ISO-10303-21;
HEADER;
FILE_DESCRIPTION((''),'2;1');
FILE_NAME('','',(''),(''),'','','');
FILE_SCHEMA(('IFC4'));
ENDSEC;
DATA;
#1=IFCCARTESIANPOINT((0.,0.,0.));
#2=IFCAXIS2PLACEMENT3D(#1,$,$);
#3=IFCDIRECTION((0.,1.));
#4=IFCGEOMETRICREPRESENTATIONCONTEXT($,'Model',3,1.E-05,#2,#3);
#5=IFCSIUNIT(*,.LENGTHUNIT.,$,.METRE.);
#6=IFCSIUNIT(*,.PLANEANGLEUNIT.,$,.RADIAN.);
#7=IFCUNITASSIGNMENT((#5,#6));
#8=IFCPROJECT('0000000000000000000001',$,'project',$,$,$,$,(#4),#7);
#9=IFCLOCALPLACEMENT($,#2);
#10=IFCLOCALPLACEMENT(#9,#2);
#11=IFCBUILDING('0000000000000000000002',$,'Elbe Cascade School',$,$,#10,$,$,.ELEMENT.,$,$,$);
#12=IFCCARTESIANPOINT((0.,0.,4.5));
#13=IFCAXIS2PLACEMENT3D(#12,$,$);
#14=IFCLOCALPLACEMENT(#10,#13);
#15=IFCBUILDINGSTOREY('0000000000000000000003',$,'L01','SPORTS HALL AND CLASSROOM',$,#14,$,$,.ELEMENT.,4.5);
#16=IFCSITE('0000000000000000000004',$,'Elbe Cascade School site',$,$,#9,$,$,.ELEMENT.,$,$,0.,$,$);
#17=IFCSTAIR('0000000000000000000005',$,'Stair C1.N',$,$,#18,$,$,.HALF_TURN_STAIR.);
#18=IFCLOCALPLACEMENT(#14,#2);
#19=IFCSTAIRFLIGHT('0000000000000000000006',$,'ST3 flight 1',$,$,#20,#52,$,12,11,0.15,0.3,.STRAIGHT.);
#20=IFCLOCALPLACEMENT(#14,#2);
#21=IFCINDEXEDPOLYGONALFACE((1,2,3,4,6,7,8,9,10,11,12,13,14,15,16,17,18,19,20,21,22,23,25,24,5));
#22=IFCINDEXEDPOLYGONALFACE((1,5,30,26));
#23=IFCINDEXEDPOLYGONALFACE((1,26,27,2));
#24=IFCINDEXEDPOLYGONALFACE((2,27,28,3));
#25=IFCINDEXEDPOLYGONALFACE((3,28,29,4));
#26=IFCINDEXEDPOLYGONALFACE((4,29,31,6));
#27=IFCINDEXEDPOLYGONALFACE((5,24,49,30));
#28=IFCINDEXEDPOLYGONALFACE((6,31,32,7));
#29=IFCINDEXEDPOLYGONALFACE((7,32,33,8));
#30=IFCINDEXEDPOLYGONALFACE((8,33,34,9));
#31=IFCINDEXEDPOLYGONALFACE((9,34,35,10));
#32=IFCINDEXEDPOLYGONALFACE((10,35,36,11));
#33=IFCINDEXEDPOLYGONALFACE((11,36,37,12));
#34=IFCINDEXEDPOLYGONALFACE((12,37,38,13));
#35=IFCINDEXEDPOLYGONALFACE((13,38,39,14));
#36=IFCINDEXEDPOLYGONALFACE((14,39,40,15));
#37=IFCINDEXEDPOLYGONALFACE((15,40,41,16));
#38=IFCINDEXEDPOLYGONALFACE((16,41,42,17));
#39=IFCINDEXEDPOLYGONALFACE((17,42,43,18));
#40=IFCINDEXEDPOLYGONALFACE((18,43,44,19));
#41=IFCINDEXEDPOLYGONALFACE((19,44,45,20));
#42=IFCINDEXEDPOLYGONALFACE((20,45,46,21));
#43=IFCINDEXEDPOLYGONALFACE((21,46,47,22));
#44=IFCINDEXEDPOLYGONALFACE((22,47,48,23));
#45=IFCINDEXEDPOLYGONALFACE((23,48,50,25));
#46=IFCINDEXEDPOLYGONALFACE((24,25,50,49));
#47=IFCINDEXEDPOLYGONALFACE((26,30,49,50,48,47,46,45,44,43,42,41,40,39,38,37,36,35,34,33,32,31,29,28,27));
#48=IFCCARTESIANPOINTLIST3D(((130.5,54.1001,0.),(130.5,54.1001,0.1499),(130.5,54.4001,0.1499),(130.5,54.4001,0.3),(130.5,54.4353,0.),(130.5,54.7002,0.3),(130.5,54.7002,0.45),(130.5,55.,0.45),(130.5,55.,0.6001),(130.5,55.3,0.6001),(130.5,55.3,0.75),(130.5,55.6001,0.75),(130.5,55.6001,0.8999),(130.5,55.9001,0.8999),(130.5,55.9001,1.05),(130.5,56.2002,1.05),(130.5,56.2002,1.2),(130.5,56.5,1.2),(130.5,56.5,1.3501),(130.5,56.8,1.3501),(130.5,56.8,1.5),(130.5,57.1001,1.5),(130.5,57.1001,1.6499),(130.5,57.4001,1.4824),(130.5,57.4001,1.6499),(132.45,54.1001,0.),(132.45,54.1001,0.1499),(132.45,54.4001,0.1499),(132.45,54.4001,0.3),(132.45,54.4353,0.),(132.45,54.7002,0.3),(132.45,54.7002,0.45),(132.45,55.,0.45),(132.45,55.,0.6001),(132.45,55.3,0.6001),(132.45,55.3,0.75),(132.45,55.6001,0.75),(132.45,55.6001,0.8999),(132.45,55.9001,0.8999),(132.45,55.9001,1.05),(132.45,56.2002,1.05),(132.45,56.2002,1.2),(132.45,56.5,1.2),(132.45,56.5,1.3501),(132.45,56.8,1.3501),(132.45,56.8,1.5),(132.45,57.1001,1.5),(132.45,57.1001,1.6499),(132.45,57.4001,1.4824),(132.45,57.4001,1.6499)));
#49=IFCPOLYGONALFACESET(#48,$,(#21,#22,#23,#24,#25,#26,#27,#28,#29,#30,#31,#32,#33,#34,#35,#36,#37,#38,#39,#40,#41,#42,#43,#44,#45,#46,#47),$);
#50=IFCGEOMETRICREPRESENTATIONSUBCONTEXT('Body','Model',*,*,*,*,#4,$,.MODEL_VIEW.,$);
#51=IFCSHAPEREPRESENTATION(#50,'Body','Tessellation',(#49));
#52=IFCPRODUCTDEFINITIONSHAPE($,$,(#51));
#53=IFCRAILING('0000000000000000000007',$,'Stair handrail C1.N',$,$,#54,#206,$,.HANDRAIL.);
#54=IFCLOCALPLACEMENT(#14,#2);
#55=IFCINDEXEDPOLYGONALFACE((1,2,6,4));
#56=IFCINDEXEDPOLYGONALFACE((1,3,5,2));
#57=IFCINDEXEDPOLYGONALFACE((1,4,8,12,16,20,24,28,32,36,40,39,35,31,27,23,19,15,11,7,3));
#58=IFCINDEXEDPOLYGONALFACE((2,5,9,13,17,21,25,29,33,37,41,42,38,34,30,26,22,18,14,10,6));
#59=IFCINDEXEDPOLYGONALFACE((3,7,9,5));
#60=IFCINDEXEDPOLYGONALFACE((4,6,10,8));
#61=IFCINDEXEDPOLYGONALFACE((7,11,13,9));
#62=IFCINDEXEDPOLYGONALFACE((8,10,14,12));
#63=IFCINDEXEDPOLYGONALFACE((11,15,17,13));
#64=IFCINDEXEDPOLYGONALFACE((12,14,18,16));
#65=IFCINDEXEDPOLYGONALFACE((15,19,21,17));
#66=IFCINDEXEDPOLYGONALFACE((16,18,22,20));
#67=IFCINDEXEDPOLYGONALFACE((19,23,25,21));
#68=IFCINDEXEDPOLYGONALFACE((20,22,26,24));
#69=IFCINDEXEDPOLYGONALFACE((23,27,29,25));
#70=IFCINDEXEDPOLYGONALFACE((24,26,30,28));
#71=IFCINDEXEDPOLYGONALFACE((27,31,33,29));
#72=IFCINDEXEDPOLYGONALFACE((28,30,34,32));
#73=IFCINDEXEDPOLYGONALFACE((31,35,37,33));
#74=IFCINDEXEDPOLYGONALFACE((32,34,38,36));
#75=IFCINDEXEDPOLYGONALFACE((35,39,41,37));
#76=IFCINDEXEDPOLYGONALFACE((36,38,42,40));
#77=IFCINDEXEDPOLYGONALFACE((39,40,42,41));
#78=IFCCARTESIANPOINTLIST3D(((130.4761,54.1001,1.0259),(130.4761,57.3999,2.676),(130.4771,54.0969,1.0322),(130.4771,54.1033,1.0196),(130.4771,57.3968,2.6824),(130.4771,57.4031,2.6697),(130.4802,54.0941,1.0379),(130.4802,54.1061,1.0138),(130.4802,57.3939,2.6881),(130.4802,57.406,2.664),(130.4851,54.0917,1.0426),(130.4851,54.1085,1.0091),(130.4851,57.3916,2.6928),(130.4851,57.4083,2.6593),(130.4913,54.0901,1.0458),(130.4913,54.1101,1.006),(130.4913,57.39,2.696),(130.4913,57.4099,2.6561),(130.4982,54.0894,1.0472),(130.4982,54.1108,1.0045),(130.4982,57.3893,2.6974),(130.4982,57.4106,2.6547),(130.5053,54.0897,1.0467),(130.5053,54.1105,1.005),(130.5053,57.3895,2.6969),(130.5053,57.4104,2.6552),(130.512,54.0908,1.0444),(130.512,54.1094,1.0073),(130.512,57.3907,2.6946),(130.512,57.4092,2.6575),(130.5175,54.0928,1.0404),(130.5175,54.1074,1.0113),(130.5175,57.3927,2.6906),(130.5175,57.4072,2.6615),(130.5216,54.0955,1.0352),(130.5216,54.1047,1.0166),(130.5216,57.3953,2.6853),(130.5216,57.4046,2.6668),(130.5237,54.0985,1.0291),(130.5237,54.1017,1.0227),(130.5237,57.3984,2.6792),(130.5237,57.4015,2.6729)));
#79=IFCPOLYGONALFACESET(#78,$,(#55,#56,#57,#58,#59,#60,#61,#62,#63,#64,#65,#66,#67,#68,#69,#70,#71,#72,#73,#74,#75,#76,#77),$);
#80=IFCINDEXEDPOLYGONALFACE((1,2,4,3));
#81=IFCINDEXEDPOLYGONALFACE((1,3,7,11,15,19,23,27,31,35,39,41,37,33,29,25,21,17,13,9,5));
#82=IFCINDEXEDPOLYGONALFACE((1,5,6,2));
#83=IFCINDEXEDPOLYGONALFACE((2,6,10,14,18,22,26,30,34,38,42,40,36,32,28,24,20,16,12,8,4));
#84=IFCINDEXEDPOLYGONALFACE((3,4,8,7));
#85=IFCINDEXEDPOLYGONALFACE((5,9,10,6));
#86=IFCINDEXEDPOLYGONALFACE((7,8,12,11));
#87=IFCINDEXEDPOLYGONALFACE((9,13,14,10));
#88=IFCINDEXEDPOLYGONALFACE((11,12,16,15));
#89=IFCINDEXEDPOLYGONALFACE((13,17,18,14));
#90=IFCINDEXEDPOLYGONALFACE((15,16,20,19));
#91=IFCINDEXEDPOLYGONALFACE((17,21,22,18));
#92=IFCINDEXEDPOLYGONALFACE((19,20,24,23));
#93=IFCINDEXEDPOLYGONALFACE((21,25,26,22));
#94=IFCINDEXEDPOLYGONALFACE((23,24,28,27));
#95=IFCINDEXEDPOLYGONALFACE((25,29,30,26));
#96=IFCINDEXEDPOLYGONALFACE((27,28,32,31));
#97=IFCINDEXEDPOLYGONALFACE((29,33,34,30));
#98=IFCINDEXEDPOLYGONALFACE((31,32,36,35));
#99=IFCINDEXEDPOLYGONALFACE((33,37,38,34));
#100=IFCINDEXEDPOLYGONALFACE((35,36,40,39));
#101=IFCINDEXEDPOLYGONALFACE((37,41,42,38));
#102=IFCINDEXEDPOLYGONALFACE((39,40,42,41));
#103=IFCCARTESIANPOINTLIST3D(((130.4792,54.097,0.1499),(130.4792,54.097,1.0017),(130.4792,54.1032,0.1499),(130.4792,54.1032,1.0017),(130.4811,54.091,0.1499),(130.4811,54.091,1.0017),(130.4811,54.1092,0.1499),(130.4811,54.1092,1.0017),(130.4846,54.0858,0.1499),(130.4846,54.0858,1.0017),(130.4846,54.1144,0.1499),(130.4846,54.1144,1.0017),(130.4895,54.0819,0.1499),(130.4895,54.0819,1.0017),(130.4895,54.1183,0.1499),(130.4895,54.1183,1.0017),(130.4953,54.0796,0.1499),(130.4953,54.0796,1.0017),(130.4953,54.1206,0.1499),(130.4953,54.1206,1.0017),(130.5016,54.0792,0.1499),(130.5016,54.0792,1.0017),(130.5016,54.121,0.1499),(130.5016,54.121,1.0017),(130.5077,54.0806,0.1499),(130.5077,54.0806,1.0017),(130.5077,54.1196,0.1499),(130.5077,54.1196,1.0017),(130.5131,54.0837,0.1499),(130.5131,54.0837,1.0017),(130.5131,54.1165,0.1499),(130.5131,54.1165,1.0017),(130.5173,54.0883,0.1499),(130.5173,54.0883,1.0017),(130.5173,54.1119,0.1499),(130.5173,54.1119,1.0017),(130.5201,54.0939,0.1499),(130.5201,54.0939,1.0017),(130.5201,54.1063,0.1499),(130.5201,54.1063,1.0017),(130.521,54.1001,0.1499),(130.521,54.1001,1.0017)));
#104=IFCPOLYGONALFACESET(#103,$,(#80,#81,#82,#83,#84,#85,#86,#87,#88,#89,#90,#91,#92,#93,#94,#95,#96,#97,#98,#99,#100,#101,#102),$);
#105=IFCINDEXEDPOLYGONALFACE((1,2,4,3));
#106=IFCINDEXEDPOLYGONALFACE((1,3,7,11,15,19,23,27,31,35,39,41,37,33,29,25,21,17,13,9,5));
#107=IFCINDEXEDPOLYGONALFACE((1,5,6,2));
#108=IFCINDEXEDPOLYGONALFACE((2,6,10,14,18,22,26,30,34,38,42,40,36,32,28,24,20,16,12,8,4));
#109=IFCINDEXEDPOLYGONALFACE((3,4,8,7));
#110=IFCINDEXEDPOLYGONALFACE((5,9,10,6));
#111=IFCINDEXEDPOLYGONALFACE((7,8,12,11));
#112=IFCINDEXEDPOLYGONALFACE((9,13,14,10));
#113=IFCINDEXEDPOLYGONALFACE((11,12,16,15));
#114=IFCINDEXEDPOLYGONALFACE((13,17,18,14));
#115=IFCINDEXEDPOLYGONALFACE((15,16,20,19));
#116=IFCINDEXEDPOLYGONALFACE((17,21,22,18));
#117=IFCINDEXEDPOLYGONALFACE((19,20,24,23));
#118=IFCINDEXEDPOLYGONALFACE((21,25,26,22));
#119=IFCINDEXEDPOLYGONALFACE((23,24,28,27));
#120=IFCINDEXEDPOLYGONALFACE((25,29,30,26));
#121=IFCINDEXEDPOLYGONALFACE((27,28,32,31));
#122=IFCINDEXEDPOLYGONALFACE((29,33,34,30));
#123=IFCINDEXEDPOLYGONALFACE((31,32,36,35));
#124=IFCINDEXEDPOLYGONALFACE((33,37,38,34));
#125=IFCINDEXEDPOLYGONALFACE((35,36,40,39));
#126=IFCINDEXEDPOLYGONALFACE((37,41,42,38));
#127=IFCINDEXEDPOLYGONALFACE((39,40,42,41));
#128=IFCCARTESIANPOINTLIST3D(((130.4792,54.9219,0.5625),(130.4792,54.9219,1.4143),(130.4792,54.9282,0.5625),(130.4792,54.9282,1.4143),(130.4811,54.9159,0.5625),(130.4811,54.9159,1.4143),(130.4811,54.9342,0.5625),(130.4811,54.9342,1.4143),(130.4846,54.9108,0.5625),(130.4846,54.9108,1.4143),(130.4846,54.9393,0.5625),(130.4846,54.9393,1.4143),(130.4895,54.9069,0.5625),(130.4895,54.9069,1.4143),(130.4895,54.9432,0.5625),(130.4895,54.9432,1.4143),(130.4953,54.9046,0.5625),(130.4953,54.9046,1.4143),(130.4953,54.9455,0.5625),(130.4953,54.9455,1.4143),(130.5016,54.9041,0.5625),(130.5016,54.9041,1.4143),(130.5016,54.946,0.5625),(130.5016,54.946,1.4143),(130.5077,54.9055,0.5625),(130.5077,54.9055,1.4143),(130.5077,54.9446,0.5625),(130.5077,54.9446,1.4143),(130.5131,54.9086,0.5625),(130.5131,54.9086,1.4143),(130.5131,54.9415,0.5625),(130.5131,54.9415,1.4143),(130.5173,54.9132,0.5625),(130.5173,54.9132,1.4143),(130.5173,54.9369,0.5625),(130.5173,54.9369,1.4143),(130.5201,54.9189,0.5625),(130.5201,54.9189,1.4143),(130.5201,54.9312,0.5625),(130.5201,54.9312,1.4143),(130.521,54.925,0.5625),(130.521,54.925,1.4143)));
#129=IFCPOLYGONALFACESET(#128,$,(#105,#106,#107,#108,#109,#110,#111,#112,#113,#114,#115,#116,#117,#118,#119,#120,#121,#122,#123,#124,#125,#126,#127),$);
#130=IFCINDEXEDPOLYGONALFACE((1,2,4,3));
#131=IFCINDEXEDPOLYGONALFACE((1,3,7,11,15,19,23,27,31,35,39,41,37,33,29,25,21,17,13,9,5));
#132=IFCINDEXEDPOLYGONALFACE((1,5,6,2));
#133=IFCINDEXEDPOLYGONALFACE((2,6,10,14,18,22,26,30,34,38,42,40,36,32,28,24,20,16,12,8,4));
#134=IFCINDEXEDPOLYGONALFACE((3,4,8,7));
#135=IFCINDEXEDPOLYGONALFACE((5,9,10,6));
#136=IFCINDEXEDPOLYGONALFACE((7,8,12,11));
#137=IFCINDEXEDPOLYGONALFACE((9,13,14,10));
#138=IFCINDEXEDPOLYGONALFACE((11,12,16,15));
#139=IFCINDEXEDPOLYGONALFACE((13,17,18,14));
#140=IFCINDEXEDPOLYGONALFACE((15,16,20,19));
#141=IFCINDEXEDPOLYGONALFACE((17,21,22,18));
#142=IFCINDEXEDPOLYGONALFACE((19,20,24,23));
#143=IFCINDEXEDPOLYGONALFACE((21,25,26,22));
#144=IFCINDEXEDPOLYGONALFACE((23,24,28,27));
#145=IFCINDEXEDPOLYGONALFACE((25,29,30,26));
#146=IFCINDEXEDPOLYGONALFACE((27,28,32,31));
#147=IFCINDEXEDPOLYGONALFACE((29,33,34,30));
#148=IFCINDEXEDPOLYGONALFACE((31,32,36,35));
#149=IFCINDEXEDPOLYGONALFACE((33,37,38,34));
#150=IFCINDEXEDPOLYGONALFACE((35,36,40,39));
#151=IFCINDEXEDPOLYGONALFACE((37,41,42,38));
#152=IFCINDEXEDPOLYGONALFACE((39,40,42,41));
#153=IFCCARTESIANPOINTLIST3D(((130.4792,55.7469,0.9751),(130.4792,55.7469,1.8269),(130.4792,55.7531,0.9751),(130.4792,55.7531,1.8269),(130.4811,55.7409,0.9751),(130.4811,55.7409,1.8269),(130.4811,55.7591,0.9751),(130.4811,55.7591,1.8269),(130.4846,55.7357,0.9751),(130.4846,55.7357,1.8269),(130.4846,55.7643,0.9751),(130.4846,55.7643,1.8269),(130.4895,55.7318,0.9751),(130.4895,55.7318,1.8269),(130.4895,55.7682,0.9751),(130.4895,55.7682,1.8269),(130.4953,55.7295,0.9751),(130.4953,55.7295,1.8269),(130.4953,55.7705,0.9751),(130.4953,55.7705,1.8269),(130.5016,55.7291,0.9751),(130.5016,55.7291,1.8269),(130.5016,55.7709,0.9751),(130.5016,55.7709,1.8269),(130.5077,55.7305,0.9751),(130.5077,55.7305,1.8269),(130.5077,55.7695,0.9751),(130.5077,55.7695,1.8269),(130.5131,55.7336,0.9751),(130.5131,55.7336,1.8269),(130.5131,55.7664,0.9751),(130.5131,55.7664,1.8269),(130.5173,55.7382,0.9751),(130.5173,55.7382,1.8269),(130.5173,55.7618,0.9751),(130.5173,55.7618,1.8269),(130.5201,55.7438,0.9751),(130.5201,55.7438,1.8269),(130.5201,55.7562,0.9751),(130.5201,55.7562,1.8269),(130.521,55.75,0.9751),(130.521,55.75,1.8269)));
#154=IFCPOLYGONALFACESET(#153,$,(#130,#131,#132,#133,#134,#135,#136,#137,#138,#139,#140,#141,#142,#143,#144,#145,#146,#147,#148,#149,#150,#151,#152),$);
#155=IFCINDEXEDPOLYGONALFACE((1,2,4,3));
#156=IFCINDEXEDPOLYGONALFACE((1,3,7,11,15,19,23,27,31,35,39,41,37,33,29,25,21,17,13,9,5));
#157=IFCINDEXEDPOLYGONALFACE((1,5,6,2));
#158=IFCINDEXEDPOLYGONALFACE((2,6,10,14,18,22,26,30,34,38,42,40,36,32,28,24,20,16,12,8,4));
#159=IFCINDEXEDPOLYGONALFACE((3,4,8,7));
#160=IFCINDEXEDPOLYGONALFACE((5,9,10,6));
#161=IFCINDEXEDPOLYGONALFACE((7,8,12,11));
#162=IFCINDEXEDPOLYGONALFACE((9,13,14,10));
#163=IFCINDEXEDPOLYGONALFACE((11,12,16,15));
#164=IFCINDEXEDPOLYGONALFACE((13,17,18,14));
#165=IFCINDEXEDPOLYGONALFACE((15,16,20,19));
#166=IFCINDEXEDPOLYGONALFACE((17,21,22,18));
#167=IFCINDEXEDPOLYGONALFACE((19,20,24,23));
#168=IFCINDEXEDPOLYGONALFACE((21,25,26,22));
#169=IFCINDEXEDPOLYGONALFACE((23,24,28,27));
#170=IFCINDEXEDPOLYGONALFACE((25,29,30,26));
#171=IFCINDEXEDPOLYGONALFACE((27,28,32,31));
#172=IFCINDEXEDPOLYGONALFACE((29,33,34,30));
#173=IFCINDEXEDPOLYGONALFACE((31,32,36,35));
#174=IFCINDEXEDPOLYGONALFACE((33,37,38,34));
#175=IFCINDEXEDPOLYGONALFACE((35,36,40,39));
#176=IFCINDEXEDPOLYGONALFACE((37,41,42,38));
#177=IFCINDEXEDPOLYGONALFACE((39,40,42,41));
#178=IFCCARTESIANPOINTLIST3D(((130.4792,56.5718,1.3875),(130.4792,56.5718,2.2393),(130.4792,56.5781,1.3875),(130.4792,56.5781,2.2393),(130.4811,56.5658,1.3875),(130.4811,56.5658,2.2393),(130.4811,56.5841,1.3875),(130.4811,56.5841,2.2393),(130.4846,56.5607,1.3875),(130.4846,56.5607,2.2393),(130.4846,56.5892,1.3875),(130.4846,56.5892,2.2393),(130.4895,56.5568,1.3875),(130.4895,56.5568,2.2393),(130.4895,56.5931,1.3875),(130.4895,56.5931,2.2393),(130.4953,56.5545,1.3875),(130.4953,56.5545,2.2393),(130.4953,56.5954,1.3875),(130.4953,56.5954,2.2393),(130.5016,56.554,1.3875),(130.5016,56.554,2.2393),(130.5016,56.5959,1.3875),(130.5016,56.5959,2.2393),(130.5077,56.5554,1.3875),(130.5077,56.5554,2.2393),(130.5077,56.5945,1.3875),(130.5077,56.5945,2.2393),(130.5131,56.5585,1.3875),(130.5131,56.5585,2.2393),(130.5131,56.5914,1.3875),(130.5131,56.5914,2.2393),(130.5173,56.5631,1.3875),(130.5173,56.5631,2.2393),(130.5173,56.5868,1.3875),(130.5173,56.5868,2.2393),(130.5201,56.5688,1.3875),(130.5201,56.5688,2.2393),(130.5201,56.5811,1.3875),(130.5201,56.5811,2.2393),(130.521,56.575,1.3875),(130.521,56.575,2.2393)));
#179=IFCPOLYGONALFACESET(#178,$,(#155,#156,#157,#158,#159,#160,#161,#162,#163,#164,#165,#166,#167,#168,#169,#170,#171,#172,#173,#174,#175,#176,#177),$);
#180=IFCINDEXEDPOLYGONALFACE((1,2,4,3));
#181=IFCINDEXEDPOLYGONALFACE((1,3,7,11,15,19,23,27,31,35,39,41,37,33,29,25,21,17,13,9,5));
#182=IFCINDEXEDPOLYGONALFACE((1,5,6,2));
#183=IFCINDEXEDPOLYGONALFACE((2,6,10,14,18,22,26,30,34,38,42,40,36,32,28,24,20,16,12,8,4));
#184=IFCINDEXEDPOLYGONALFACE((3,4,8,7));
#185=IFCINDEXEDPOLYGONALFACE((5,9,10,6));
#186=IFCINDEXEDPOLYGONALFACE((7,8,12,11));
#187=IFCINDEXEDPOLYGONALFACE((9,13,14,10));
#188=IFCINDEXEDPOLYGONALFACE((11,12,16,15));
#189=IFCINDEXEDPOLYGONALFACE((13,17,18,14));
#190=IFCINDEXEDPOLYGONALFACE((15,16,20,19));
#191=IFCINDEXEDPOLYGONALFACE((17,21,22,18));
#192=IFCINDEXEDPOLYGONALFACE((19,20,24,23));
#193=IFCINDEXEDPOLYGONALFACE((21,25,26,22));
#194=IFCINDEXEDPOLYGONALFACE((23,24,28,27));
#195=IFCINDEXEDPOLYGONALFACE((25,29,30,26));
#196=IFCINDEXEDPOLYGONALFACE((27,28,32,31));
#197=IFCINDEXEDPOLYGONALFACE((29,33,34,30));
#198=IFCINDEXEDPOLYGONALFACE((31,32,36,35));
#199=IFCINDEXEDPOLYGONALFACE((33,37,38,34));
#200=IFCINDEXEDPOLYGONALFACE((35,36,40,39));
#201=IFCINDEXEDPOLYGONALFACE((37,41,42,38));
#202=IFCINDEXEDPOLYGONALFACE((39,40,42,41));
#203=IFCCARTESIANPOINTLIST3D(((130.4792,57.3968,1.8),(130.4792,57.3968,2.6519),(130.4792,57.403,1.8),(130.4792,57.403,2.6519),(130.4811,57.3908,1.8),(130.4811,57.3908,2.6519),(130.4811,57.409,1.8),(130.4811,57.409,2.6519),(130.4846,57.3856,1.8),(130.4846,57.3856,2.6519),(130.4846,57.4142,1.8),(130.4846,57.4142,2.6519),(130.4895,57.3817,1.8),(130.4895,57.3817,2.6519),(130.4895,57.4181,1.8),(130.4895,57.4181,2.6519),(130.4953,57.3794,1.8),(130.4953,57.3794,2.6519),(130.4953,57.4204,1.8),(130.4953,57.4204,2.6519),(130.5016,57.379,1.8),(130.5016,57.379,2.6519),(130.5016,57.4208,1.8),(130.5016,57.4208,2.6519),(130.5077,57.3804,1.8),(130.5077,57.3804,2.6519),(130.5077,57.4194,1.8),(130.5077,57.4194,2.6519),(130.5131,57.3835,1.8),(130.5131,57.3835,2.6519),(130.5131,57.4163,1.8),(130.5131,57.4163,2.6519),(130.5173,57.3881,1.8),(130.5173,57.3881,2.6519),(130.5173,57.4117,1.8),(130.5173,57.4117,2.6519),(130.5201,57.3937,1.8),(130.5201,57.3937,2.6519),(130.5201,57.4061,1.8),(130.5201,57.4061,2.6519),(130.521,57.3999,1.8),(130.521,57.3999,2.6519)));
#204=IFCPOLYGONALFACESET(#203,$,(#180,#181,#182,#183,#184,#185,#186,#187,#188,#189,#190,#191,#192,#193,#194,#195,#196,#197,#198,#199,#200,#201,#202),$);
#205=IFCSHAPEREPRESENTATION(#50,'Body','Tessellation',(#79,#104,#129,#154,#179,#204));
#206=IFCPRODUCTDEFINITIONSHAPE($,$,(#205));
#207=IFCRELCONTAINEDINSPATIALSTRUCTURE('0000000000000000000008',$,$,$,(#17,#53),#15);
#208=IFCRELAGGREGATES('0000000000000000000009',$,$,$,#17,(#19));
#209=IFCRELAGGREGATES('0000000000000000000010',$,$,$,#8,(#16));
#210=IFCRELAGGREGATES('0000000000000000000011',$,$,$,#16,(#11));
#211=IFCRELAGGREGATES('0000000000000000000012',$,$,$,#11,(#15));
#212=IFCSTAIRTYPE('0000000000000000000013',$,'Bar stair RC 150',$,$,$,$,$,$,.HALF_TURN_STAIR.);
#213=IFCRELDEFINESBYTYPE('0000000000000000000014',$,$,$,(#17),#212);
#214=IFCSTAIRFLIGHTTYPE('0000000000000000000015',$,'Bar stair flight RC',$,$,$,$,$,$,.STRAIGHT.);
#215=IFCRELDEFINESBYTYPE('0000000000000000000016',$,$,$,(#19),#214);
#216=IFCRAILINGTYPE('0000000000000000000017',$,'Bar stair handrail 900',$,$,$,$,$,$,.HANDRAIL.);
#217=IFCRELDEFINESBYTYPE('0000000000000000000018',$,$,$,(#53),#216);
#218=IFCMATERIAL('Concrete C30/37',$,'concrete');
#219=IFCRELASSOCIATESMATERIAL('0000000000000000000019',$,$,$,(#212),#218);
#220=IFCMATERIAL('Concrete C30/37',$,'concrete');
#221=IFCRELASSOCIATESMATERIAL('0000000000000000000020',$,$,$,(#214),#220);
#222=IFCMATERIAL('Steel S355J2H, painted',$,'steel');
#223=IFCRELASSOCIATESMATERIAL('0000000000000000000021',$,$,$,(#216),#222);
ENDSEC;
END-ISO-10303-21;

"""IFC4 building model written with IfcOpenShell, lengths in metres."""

from ifc_helpers import new_model, si_unit, direction, frame, origin, origin_2d, place, context, subcontext, project, spatial, polyline, circle, outline, extrude, material, type_object, element, aggregate, save


model = new_model("IFC4")

# Units and contexts
model_context = context("Model", 3, precision=1e-05, world=origin(), true_north=direction((0.0, 1.0)))
body_context = subcontext(model_context, "Body", "Model", "MODEL_VIEW")
ifc_project = project(units=[si_unit("LENGTHUNIT", "METRE"), si_unit("PLANEANGLEUNIT", "RADIAN")], contexts=[model_context])

# Site, building, storey
site_placement = place(None, origin())
site = spatial("IfcSite", under=ifc_project, at=site_placement, Name="Elbe Cascade School site", CompositionType="ELEMENT", RefElevation=0.0)
building_placement = place(site_placement, origin())
building = spatial("IfcBuilding", under=site, at=building_placement, Name="Elbe Cascade School", CompositionType="ELEMENT")
storey_placement = place(building_placement, frame((0.0, 0.0, 4.5)))
storey = spatial("IfcBuildingStorey", under=building, at=storey_placement, Name="L01", Description="SPORTS HALL AND CLASSROOM", CompositionType="ELEMENT", Elevation=4.5)

# Stair, stair flight
ifc_material_1 = material(Name="Concrete C30/37", Category="concrete")
stair_type = type_object("IfcStairType", Name="Bar stair RC 150", PredefinedType="HALF_TURN_STAIR", material=ifc_material_1)
stair_placement = place(storey_placement, origin())
stair = element("IfcStair", 1, at=stair_placement, inside=storey, type_object=stair_type, Name="Stair C1.N", PredefinedType="HALF_TURN_STAIR")
ifc_material_2 = material(Name="Concrete C30/37", Category="concrete")
stair_flight_type = type_object("IfcStairFlightType", Name="Bar stair flight RC", PredefinedType="STRAIGHT", material=ifc_material_2)
stair_flight_placement = place(storey_placement, frame((131.4751, 54.1001, 0.0), z_axis=(0.0, 0.0, 1.0), x_axis=(0.0, 1.0, 0.0)))
stair_flight = element("IfcStairFlight", 2, at=stair_flight_placement, type_object=stair_flight_type, Name="ST3 flight 1", NumberOfRisers=12, NumberOfTreads=11, PredefinedType="STRAIGHT", RiserHeight=0.15, TreadLength=0.3, context=body_context, shape_type="SweptSolid", body=[
    extrude(outline(polyline([(0.0, 0.0), (0.0, 0.1499), (0.3, 0.1499), (0.3, 0.3), (0.6001, 0.3), (0.6001, 0.45), (0.8999, 0.45), (0.8999, 0.6001), (1.2, 0.6001), (1.2, 0.75), (1.5, 0.75), (1.5, 0.8999), (1.8, 0.8999), (1.8, 1.05), (2.1001, 1.05), (2.1001, 1.2), (2.3999, 1.2), (2.3999, 1.3501), (2.7, 1.3501), (2.7, 1.5), (3.0, 1.5), (3.0, 1.6499), (3.3, 1.6499), (3.3, 1.8), (3.3, 1.4824), (0.3352, 0.0), (0.0, 0.0)])), frame((0.0, 0.9751, 0.0), z_axis=(0.0, -1.0, 0.0), x_axis=(1.0, 0.0, 0.0)), (0.0, 0.0, 1.0), 1.95),
])
aggregate(stair, [stair_flight])

# Railing
ifc_material_3 = material(Name="Steel S355J2H, painted", Category="steel")
railing_type_1 = type_object("IfcRailingType", Name="Bar stair handrail 900", PredefinedType="HANDRAIL", material=ifc_material_3)
railing_1_placement = place(storey_placement, frame((130.5, 54.1001, 0.1499)))
element("IfcRailing", 3, at=railing_1_placement, inside=storey, type_object=railing_type_1, Name="Stair handrail C1.N", PredefinedType="HANDRAIL", context=body_context, shape_type="SweptSolid", body=[
    extrude(circle(Radius=0.0239, at=origin_2d()), frame((0.0, 0.0, 0.876), z_axis=(0.0, 0.894401, 0.447267), x_axis=(-1.0, 0.0, 0.0)), (0.0, 0.0, 1.0), 3.6895),
    extrude(circle(Radius=0.021, at=origin_2d()), origin(), (0.0, 0.0, 1.0), 0.8518),
    extrude(circle(Radius=0.021, at=origin_2d()), frame((0.0, 0.825, 0.4126)), (0.0, 0.0, 1.0), 0.8518),
    extrude(circle(Radius=0.021, at=origin_2d()), frame((0.0, 1.6499, 0.8252)), (0.0, 0.0, 1.0), 0.8518),
    extrude(circle(Radius=0.021, at=origin_2d()), frame((0.0, 2.4749, 1.2375)), (0.0, 0.0, 1.0), 0.8518),
    extrude(circle(Radius=0.021, at=origin_2d()), frame((0.0, 3.2998, 1.6501)), (0.0, 0.0, 1.0), 0.8518),
])

save(model, "model.ifc")
